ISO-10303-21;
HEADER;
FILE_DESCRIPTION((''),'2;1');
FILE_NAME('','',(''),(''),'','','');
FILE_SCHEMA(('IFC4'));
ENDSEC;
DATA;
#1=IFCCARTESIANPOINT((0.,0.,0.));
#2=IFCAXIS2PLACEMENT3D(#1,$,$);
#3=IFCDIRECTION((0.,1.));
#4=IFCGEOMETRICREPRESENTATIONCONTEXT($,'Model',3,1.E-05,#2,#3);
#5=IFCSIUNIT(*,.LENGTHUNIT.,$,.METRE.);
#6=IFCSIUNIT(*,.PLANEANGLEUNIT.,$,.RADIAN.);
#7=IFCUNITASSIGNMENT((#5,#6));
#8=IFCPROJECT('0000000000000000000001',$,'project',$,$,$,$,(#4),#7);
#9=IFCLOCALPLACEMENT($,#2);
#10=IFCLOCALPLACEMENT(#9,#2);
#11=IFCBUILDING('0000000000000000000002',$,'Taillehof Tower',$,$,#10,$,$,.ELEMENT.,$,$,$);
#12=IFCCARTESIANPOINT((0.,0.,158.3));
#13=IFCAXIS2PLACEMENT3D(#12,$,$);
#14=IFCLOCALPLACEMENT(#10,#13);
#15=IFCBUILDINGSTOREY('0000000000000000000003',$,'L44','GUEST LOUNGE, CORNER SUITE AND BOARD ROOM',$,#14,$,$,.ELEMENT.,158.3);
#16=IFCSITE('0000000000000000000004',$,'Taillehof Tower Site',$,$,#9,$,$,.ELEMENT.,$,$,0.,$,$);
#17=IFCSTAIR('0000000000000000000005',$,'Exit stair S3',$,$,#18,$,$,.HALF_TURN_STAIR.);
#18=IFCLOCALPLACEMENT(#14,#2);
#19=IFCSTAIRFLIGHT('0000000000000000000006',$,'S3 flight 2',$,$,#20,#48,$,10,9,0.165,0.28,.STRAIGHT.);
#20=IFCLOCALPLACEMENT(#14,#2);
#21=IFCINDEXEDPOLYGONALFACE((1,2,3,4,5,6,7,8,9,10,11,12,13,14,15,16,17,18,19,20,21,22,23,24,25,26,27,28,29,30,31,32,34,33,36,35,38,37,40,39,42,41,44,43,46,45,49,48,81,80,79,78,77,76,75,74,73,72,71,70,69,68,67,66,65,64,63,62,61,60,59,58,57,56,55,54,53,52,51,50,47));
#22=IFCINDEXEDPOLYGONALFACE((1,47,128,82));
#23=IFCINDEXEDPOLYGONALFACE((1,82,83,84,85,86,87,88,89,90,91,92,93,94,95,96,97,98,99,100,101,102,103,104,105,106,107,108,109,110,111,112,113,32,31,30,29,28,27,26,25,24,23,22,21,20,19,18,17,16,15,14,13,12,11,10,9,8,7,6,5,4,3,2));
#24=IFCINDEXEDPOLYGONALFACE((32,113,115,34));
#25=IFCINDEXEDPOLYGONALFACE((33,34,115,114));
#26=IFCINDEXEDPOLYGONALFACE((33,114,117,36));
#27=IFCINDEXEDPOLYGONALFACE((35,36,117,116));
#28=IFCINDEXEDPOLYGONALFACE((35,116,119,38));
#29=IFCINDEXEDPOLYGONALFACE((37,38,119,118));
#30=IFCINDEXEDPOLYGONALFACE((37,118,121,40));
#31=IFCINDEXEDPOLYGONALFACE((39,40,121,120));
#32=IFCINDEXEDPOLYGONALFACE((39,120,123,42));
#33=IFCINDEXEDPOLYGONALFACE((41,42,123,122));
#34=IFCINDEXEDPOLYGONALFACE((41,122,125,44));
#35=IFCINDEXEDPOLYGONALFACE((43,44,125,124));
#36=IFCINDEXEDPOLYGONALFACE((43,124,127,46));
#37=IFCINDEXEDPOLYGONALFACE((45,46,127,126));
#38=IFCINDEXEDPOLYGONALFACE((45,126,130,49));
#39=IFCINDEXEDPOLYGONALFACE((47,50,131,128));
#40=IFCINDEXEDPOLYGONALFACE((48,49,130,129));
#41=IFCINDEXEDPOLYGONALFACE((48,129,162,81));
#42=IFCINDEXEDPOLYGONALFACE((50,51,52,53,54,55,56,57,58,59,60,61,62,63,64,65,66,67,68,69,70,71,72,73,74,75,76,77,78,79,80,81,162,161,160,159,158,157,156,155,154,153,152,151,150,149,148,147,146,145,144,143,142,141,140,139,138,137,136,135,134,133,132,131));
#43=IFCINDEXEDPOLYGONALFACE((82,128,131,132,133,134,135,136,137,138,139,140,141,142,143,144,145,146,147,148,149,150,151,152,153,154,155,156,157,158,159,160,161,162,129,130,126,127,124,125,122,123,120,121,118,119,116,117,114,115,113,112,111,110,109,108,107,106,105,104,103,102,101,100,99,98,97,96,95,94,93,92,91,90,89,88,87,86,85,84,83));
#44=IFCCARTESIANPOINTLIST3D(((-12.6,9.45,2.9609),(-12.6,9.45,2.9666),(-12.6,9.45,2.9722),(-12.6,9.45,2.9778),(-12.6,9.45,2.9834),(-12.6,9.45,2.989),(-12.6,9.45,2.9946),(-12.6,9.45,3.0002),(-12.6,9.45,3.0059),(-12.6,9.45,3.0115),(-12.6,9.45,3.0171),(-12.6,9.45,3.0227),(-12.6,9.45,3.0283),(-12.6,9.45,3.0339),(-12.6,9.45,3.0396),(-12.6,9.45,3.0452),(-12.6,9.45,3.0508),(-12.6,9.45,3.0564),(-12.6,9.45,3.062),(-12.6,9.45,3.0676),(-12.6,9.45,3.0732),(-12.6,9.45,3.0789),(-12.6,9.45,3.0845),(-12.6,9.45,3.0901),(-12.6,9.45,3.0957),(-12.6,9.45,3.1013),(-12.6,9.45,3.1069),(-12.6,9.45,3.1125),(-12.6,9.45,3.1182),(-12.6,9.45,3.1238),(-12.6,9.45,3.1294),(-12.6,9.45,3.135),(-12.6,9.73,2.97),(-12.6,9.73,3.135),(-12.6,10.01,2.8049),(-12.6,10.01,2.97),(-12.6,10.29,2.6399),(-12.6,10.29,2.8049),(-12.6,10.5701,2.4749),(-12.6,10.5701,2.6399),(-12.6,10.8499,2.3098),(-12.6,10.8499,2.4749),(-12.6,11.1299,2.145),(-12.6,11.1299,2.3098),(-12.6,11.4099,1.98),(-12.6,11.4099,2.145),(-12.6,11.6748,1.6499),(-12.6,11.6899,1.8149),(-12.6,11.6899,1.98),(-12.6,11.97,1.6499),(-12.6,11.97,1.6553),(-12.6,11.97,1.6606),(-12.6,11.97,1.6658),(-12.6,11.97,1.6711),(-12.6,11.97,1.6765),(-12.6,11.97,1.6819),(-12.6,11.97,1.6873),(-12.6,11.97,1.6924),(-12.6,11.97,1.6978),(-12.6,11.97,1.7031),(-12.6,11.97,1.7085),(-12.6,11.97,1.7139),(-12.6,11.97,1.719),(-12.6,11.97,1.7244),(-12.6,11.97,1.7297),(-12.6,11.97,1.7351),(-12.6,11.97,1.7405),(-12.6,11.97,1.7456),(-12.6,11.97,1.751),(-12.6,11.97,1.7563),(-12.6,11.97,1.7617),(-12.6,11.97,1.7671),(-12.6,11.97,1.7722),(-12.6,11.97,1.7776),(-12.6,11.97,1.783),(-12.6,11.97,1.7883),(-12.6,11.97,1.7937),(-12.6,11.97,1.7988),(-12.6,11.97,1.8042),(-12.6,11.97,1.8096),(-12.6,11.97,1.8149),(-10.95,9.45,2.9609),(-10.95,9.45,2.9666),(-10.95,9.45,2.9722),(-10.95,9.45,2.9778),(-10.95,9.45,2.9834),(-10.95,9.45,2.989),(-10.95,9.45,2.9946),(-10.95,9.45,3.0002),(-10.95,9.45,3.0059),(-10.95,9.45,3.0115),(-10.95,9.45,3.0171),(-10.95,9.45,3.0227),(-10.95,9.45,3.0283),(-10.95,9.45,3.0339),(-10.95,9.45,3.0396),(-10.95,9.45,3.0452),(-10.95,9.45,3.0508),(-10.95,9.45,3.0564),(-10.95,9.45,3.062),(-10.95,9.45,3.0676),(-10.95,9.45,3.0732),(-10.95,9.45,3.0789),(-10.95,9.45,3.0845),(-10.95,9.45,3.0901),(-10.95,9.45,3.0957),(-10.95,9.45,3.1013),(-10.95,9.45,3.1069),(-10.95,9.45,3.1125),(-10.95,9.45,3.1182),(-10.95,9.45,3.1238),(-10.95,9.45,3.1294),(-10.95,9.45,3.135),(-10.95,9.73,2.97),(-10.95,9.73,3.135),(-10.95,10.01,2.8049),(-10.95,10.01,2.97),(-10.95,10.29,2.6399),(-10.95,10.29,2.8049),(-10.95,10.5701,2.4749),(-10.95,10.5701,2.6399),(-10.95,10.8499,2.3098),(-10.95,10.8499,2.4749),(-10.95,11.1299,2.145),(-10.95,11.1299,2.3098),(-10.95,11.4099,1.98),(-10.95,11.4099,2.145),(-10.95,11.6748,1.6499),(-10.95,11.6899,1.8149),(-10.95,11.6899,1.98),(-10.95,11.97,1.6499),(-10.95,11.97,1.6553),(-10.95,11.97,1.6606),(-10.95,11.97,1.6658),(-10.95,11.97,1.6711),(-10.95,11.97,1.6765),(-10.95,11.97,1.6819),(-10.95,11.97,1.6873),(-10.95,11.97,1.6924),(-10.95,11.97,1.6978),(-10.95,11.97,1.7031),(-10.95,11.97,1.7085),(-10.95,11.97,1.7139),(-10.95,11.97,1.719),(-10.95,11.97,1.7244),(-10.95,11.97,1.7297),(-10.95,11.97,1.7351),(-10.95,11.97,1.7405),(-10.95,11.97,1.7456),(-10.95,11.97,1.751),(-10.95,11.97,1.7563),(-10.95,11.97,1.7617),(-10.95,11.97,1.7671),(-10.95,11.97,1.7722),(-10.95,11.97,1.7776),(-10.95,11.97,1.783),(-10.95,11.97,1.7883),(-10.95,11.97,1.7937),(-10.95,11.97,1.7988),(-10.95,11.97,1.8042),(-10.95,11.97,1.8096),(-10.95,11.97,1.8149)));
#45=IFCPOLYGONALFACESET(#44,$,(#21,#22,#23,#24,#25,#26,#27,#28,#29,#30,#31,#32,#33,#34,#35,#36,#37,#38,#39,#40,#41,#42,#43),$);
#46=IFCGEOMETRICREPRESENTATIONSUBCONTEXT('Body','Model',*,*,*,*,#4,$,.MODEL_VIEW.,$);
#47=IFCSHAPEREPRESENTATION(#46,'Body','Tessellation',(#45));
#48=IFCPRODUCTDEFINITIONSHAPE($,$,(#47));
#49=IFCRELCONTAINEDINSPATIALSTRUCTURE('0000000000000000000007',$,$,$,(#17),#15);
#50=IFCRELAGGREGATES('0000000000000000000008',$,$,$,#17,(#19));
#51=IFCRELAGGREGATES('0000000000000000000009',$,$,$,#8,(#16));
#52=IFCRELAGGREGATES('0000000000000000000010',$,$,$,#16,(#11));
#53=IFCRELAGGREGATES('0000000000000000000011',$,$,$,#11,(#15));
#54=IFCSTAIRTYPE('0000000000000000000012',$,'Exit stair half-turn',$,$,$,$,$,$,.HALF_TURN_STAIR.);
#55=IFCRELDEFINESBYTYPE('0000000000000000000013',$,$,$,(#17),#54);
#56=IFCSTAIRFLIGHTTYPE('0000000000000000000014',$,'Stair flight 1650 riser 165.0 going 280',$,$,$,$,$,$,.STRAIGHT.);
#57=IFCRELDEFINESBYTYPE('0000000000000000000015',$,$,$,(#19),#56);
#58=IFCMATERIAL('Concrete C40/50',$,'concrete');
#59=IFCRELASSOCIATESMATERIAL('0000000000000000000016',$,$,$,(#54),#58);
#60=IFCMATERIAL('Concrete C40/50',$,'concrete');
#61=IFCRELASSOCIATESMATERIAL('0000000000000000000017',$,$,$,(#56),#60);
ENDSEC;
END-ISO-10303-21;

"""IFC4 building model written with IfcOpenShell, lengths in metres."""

from ifc_helpers import new_model, si_unit, direction, frame, origin, place, context, subcontext, project, spatial, polyline, outline, extrude, material, type_object, element, aggregate, save


model = new_model("IFC4")

# Units and contexts
model_context = context("Model", 3, precision=1e-05, world=origin(), true_north=direction((0.0, 1.0)))
body_context = subcontext(model_context, "Body", "Model", "MODEL_VIEW")
ifc_project = project(units=[si_unit("LENGTHUNIT", "METRE"), si_unit("PLANEANGLEUNIT", "RADIAN")], contexts=[model_context])

# Site, building, storey
site_placement = place(None, origin())
site = spatial("IfcSite", under=ifc_project, at=site_placement, Name="Taillehof Tower Site", CompositionType="ELEMENT", RefElevation=0.0)
building_placement = place(site_placement, origin())
building = spatial("IfcBuilding", under=site, at=building_placement, Name="Taillehof Tower", CompositionType="ELEMENT")
storey_placement = place(building_placement, frame((0.0, 0.0, 158.3)))
storey = spatial("IfcBuildingStorey", under=building, at=storey_placement, Name="L44", Description="GUEST LOUNGE, CORNER SUITE AND BOARD ROOM", CompositionType="ELEMENT", Elevation=158.3)

# Stair, stair flight
ifc_material_1 = material(Name="Concrete C40/50", Category="concrete")
stair_type = type_object("IfcStairType", Name="Exit stair half-turn", PredefinedType="HALF_TURN_STAIR", material=ifc_material_1)
stair_placement = place(storey_placement, origin())
stair = element("IfcStair", 1, at=stair_placement, inside=storey, type_object=stair_type, Name="Exit stair S3", PredefinedType="HALF_TURN_STAIR")
ifc_material_2 = material(Name="Concrete C40/50", Category="concrete")
stair_flight_type = type_object("IfcStairFlightType", Name="Stair flight 1650 riser 165.0 going 280", PredefinedType="STRAIGHT", material=ifc_material_2)
stair_flight_placement = place(storey_placement, frame((-11.7749, 11.97, 1.6499), z_axis=(0.0, 0.0, 1.0), x_axis=(0.0, -1.0, 0.0)))
stair_flight = element("IfcStairFlight", 2, at=stair_flight_placement, type_object=stair_flight_type, Name="S3 flight 2", NumberOfRisers=10, NumberOfTreads=9, PredefinedType="STRAIGHT", RiserHeight=0.165, TreadLength=0.28, context=body_context, shape_type="SweptSolid", body=[
    extrude(outline(polyline([(0.0, 0.0), (0.0, 0.0054), (0.0, 0.0107), (0.0, 0.0159), (0.0, 0.0212), (0.0, 0.0266), (0.0, 0.032), (0.0, 0.0374), (0.0, 0.0425), (0.0, 0.0479), (0.0, 0.0532), (0.0, 0.0586), (0.0, 0.064), (0.0, 0.0691), (0.0, 0.0745), (0.0, 0.0798), (0.0, 0.0852), (0.0, 0.0906), (0.0, 0.0957), (0.0, 0.1011), (0.0, 0.1064), (0.0, 0.1118), (0.0, 0.1172), (0.0, 0.1223), (0.0, 0.1277), (0.0, 0.1331), (0.0, 0.1384), (0.0, 0.1438), (0.0, 0.1489), (0.0, 0.1543), (0.0, 0.1597), (0.0, 0.165), (0.28, 0.165), (0.28, 0.3301), (0.5601, 0.3301), (0.5601, 0.4951), (0.8401, 0.4951), (0.8401, 0.6599), (1.1201, 0.6599), (1.1201, 0.825), (1.3999, 0.825), (1.3999, 0.99), (1.6799, 0.99), (1.6799, 1.155), (1.96, 1.155), (1.96, 1.3201), (2.24, 1.3201), (2.24, 1.4851), (2.52, 1.4851), (2.52, 1.4795), (2.52, 1.4739), (2.52, 1.4683), (2.52, 1.4626), (2.52, 1.457), (2.52, 1.4514), (2.52, 1.4458), (2.52, 1.4402), (2.52, 1.4346), (2.52, 1.429), (2.52, 1.4233), (2.52, 1.4177), (2.52, 1.4121), (2.52, 1.4065), (2.52, 1.4009), (2.52, 1.3953), (2.52, 1.3896), (2.52, 1.384), (2.52, 1.3784), (2.52, 1.3728), (2.52, 1.3672), (2.52, 1.3616), (2.52, 1.356), (2.52, 1.3503), (2.52, 1.3447), (2.52, 1.3391), (2.52, 1.3335), (2.52, 1.3279), (2.52, 1.3223), (2.52, 1.3167), (2.52, 1.311), (0.2952, 0.0), (0.0, 0.0)])), frame((0.0, 0.825, 0.0), z_axis=(0.0, -1.0, 0.0), x_axis=(1.0, 0.0, 0.0)), (0.0, 0.0, 1.0), 1.65),
])
aggregate(stair, [stair_flight])

save(model, "model.ifc")
